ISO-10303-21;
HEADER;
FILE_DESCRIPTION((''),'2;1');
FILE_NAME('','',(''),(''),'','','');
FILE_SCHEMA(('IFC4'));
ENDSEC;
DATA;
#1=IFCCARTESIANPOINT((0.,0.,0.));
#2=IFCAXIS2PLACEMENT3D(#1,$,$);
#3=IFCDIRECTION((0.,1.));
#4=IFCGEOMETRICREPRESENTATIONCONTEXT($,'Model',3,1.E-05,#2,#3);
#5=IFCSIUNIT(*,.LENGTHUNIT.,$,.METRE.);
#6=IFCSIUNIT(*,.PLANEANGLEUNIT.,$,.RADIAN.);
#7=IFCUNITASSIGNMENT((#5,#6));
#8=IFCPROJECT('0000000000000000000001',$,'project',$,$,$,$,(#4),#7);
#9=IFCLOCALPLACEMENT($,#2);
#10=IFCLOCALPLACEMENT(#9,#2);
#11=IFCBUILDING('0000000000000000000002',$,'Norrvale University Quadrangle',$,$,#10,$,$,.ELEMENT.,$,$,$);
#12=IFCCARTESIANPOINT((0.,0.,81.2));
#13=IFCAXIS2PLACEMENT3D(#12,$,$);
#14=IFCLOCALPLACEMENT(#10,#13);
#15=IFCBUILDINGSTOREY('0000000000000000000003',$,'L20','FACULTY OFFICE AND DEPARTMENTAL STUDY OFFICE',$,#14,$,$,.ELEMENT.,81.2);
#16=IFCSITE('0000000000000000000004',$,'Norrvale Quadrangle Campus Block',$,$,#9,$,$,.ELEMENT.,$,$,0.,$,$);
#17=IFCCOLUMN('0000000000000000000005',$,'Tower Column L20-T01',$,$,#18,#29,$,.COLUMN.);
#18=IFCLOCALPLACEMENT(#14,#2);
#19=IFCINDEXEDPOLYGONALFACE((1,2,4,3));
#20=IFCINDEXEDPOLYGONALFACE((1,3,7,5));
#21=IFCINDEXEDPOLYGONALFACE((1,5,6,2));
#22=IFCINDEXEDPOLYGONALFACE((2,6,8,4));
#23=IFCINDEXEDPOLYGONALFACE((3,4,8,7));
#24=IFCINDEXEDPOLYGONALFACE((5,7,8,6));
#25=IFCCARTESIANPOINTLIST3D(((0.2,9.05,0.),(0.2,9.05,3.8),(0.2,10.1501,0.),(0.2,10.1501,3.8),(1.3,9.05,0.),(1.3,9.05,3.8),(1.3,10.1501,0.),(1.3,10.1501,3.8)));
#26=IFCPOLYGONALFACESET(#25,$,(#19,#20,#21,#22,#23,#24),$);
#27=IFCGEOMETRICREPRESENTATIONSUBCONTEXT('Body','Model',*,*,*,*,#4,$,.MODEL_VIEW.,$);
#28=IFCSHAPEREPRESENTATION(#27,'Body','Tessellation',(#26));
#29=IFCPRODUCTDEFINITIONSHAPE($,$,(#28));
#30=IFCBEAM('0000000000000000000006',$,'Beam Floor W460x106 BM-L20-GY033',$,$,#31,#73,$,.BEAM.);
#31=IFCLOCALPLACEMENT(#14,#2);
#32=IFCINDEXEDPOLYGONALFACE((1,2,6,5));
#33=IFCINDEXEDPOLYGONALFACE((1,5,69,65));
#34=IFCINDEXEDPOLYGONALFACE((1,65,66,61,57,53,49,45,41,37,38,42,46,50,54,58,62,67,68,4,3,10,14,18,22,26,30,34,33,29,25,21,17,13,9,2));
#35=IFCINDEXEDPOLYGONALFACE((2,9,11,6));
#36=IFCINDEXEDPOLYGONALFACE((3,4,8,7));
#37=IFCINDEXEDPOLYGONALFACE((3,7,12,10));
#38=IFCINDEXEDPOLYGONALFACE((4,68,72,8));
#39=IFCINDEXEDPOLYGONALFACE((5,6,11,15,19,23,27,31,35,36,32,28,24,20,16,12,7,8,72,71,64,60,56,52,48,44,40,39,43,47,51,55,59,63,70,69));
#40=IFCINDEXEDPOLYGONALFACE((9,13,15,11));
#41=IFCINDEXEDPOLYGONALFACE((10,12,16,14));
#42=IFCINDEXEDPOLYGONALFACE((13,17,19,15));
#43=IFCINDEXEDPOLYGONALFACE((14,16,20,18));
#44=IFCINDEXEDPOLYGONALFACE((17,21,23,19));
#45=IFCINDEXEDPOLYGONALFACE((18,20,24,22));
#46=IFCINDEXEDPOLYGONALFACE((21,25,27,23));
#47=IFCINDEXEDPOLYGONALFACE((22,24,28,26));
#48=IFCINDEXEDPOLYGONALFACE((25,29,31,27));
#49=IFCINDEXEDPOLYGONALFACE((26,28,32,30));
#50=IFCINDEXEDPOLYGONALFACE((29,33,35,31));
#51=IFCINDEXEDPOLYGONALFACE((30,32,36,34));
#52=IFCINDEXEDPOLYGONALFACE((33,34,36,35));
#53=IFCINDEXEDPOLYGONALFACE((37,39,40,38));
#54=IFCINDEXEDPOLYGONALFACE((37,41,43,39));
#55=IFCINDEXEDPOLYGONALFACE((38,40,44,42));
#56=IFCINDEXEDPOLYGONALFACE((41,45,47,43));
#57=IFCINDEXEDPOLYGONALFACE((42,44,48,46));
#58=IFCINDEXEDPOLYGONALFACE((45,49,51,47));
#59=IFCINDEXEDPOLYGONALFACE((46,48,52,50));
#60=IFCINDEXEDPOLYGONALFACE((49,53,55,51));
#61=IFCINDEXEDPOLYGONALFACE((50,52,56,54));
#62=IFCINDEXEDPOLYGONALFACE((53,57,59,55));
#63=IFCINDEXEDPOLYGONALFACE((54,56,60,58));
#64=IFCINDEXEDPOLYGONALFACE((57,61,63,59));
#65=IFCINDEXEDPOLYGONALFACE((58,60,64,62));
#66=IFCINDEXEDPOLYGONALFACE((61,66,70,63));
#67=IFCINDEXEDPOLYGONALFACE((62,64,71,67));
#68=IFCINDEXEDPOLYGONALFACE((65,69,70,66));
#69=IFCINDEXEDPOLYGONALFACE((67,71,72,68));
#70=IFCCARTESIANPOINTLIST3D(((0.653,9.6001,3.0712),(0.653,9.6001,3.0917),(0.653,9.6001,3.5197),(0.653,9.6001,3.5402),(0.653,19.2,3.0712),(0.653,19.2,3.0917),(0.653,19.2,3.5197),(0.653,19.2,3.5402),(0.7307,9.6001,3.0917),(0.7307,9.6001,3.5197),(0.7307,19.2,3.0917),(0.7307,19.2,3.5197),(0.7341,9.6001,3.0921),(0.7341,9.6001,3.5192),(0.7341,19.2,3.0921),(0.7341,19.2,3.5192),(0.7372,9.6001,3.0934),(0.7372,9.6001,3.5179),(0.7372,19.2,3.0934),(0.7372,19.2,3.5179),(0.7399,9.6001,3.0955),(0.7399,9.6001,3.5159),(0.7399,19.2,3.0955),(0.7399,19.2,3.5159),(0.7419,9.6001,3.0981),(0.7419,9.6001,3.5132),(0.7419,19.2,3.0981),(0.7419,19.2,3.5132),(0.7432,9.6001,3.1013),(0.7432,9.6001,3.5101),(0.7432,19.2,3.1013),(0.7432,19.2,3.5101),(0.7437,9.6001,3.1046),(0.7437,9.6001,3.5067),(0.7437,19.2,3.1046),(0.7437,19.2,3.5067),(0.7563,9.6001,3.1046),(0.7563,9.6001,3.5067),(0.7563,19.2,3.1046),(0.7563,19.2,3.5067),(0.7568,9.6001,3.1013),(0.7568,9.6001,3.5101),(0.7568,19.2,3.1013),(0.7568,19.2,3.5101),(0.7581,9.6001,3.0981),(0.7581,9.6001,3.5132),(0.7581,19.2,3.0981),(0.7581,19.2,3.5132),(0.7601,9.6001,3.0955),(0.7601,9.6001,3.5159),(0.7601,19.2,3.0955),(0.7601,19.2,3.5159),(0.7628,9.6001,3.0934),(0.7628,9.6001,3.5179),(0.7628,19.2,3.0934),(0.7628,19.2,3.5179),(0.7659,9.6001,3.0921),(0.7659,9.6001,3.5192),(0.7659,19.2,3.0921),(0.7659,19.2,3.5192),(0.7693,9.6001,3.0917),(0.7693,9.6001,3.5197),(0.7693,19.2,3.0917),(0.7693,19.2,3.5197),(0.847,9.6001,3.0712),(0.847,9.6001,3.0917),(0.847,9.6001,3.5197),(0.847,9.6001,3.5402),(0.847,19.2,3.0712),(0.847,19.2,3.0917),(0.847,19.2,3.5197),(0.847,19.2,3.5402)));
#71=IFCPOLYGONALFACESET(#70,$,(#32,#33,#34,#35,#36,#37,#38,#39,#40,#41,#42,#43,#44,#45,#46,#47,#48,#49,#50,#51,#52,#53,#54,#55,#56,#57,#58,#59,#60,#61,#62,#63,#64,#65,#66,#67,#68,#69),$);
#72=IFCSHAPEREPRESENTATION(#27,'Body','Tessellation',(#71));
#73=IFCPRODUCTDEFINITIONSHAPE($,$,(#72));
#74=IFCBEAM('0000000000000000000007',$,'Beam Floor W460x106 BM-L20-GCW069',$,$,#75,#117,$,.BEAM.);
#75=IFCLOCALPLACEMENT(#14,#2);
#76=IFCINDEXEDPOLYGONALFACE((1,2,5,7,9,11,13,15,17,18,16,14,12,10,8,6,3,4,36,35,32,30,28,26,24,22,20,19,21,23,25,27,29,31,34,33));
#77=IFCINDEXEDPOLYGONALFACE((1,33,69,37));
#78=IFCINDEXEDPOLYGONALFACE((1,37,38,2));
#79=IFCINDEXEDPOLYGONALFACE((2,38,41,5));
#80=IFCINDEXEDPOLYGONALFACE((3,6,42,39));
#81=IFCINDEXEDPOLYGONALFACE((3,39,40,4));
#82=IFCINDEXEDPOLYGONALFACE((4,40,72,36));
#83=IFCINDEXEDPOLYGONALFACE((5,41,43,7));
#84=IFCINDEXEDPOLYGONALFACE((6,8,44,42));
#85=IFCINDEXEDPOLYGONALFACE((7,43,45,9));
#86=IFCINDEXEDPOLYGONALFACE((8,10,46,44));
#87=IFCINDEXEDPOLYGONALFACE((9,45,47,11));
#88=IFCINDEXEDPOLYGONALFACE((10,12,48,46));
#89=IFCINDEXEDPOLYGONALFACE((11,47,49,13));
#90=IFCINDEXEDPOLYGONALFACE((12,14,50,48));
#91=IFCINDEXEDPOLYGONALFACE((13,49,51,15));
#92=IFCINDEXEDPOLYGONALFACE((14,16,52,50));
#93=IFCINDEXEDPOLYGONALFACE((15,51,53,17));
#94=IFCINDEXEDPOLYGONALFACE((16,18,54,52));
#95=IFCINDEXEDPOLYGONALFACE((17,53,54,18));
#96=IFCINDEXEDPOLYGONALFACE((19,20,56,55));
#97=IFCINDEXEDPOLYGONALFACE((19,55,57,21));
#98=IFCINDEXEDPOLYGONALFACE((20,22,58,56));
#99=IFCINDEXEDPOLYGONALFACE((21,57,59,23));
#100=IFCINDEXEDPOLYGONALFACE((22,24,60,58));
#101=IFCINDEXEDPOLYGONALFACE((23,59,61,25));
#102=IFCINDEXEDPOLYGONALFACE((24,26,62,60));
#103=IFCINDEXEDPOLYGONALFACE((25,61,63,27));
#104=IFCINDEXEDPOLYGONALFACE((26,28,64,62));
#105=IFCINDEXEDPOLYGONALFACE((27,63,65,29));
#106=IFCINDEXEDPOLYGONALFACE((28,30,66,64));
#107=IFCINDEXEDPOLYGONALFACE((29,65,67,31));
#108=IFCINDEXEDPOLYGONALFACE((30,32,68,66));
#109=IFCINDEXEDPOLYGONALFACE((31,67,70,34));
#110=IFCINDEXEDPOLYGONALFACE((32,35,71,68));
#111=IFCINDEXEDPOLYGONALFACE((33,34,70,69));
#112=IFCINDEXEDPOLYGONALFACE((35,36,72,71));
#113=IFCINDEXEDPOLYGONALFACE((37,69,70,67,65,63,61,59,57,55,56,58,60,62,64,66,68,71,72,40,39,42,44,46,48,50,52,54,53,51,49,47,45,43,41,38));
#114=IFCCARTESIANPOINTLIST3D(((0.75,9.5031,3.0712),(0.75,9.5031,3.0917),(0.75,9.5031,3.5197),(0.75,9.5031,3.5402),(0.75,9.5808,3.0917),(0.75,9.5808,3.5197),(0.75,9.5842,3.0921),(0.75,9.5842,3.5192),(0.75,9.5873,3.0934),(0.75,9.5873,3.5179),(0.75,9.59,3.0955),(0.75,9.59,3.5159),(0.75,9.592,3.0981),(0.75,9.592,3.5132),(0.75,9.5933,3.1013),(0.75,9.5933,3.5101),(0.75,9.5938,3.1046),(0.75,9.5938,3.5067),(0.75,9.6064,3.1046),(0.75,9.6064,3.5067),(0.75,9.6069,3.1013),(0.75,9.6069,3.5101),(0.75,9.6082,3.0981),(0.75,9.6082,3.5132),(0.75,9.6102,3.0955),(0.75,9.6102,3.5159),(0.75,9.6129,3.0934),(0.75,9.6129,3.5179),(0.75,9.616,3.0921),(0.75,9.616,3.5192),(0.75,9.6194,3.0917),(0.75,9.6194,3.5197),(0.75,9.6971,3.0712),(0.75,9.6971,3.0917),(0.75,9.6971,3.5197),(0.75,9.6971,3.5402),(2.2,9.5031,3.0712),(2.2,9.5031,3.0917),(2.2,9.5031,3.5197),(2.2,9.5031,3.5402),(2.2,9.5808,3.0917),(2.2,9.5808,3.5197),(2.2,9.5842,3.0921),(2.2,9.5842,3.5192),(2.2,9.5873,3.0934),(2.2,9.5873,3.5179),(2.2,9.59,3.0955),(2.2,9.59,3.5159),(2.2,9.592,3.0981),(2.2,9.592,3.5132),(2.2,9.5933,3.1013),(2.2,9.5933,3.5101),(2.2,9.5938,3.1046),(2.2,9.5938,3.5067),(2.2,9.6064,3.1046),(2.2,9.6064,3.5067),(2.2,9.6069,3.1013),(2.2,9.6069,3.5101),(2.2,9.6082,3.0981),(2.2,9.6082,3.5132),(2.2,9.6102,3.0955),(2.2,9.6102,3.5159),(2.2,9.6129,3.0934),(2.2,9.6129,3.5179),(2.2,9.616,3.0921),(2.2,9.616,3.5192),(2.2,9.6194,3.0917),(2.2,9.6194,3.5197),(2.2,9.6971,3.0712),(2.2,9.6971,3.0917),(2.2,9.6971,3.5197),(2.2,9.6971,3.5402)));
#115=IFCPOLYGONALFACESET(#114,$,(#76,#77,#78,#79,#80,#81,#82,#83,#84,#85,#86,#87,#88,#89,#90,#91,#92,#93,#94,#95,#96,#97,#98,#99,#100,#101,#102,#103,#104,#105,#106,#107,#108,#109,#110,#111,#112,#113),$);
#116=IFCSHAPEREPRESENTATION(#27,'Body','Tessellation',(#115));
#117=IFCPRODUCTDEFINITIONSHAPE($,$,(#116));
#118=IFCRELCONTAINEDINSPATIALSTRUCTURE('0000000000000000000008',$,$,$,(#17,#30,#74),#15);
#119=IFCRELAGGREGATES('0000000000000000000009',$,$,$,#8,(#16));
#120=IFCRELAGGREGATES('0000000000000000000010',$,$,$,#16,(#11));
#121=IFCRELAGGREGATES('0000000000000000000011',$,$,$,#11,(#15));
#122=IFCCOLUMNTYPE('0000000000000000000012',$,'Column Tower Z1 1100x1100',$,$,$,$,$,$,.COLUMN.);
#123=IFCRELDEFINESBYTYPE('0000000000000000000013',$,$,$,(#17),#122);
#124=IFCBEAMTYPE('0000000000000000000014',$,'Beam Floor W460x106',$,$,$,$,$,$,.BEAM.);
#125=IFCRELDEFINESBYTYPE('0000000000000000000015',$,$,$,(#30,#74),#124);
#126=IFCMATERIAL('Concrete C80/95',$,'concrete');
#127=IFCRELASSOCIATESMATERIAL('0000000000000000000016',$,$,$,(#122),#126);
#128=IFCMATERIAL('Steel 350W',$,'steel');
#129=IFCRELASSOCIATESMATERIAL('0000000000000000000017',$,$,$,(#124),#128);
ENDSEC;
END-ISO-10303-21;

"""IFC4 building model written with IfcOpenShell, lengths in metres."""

from ifc_helpers import new_model, si_unit, direction, frame, origin, origin_2d, place, context, subcontext, project, spatial, rectangle, i_section, extrude, material, material_profile, profile_set, type_object, element, save


model = new_model("IFC4")

# Units and contexts
model_context = context("Model", 3, precision=1e-05, world=origin(), true_north=direction((0.0, 1.0)))
body_context = subcontext(model_context, "Body", "Model", "MODEL_VIEW")
ifc_project = project(units=[si_unit("LENGTHUNIT", "METRE"), si_unit("PLANEANGLEUNIT", "RADIAN")], contexts=[model_context])

# Site, building, storey
site_placement = place(None, origin())
site = spatial("IfcSite", under=ifc_project, at=site_placement, Name="Norrvale Quadrangle Campus Block", CompositionType="ELEMENT", RefElevation=0.0)
building_placement = place(site_placement, origin())
building = spatial("IfcBuilding", under=site, at=building_placement, Name="Norrvale University Quadrangle", CompositionType="ELEMENT")
storey_placement = place(building_placement, frame((0.0, 0.0, 81.2)))
storey = spatial("IfcBuildingStorey", under=building, at=storey_placement, Name="L20", Description="FACULTY OFFICE AND DEPARTMENTAL STUDY OFFICE", CompositionType="ELEMENT", Elevation=81.2)

# Column
ifc_material_1 = material(Name="Concrete C80/95", Category="concrete")
ifc_material_profile_1 = material_profile(ifc_material_1, rectangle(XDim=1.1001, YDim=1.1001, at=origin_2d()), Name="Concrete C80/95")
ifc_profile_set_1 = profile_set([ifc_material_profile_1], Name="Concrete C80/95")
column_type = type_object("IfcColumnType", Name="Column Tower Z1 1100x1100", PredefinedType="COLUMN", material=ifc_profile_set_1)
column_placement = place(storey_placement, frame((0.75, 9.6001, 0.0), z_axis=(0.0, 0.0, 1.0), x_axis=(1.0, 0.0, 0.0)))
element("IfcColumn", 1, at=column_placement, inside=storey, type_object=column_type, Name="Tower Column L20-T01", PredefinedType="COLUMN", context=body_context, shape_type="SweptSolid", body=[
    extrude(rectangle(XDim=1.1001, YDim=1.1001, at=origin_2d()), origin(), (0.0, 0.0, 1.0), 3.8),
])

# Beams
ifc_material_2 = material(Name="Steel 350W", Category="steel")
ifc_material_profile_2 = material_profile(ifc_material_2, i_section(OverallWidth=0.1941, OverallDepth=0.469, WebThickness=0.0127, FlangeThickness=0.0205, FilletRadius=0.0129, at=origin_2d()), Name="Steel 350W")
ifc_profile_set_2 = profile_set([ifc_material_profile_2], Name="Steel 350W")
beam_type = type_object("IfcBeamType", Name="Beam Floor W460x106", PredefinedType="BEAM", material=ifc_profile_set_2)
beam_1_placement = place(storey_placement, frame((0.75, 9.6001, 3.3057), z_axis=(0.0, 1.0, 0.0), x_axis=(-1.0, 0.0, 0.0)))
element("IfcBeam", 2, at=beam_1_placement, inside=storey, type_object=beam_type, Name="Beam Floor W460x106 BM-L20-GY033", PredefinedType="BEAM", context=body_context, shape_type="SweptSolid", body=[
    extrude(i_section(OverallWidth=0.1941, OverallDepth=0.469, WebThickness=0.0127, FlangeThickness=0.0205, FilletRadius=0.0129, at=origin_2d()), origin(), (0.0, 0.0, 1.0), 9.5999),
])
beam_2_placement = place(storey_placement, frame((0.75, 9.6001, 3.3057), z_axis=(1.0, 0.0, 0.0), x_axis=(0.0, 1.0, 0.0)))
element("IfcBeam", 3, at=beam_2_placement, inside=storey, type_object=beam_type, Name="Beam Floor W460x106 BM-L20-GCW069", PredefinedType="BEAM", context=body_context, shape_type="SweptSolid", body=[
    extrude(i_section(OverallWidth=0.1941, OverallDepth=0.469, WebThickness=0.0127, FlangeThickness=0.0205, FilletRadius=0.0129, at=origin_2d()), origin(), (0.0, 0.0, 1.0), 1.45),
])

save(model, "model.ifc")
